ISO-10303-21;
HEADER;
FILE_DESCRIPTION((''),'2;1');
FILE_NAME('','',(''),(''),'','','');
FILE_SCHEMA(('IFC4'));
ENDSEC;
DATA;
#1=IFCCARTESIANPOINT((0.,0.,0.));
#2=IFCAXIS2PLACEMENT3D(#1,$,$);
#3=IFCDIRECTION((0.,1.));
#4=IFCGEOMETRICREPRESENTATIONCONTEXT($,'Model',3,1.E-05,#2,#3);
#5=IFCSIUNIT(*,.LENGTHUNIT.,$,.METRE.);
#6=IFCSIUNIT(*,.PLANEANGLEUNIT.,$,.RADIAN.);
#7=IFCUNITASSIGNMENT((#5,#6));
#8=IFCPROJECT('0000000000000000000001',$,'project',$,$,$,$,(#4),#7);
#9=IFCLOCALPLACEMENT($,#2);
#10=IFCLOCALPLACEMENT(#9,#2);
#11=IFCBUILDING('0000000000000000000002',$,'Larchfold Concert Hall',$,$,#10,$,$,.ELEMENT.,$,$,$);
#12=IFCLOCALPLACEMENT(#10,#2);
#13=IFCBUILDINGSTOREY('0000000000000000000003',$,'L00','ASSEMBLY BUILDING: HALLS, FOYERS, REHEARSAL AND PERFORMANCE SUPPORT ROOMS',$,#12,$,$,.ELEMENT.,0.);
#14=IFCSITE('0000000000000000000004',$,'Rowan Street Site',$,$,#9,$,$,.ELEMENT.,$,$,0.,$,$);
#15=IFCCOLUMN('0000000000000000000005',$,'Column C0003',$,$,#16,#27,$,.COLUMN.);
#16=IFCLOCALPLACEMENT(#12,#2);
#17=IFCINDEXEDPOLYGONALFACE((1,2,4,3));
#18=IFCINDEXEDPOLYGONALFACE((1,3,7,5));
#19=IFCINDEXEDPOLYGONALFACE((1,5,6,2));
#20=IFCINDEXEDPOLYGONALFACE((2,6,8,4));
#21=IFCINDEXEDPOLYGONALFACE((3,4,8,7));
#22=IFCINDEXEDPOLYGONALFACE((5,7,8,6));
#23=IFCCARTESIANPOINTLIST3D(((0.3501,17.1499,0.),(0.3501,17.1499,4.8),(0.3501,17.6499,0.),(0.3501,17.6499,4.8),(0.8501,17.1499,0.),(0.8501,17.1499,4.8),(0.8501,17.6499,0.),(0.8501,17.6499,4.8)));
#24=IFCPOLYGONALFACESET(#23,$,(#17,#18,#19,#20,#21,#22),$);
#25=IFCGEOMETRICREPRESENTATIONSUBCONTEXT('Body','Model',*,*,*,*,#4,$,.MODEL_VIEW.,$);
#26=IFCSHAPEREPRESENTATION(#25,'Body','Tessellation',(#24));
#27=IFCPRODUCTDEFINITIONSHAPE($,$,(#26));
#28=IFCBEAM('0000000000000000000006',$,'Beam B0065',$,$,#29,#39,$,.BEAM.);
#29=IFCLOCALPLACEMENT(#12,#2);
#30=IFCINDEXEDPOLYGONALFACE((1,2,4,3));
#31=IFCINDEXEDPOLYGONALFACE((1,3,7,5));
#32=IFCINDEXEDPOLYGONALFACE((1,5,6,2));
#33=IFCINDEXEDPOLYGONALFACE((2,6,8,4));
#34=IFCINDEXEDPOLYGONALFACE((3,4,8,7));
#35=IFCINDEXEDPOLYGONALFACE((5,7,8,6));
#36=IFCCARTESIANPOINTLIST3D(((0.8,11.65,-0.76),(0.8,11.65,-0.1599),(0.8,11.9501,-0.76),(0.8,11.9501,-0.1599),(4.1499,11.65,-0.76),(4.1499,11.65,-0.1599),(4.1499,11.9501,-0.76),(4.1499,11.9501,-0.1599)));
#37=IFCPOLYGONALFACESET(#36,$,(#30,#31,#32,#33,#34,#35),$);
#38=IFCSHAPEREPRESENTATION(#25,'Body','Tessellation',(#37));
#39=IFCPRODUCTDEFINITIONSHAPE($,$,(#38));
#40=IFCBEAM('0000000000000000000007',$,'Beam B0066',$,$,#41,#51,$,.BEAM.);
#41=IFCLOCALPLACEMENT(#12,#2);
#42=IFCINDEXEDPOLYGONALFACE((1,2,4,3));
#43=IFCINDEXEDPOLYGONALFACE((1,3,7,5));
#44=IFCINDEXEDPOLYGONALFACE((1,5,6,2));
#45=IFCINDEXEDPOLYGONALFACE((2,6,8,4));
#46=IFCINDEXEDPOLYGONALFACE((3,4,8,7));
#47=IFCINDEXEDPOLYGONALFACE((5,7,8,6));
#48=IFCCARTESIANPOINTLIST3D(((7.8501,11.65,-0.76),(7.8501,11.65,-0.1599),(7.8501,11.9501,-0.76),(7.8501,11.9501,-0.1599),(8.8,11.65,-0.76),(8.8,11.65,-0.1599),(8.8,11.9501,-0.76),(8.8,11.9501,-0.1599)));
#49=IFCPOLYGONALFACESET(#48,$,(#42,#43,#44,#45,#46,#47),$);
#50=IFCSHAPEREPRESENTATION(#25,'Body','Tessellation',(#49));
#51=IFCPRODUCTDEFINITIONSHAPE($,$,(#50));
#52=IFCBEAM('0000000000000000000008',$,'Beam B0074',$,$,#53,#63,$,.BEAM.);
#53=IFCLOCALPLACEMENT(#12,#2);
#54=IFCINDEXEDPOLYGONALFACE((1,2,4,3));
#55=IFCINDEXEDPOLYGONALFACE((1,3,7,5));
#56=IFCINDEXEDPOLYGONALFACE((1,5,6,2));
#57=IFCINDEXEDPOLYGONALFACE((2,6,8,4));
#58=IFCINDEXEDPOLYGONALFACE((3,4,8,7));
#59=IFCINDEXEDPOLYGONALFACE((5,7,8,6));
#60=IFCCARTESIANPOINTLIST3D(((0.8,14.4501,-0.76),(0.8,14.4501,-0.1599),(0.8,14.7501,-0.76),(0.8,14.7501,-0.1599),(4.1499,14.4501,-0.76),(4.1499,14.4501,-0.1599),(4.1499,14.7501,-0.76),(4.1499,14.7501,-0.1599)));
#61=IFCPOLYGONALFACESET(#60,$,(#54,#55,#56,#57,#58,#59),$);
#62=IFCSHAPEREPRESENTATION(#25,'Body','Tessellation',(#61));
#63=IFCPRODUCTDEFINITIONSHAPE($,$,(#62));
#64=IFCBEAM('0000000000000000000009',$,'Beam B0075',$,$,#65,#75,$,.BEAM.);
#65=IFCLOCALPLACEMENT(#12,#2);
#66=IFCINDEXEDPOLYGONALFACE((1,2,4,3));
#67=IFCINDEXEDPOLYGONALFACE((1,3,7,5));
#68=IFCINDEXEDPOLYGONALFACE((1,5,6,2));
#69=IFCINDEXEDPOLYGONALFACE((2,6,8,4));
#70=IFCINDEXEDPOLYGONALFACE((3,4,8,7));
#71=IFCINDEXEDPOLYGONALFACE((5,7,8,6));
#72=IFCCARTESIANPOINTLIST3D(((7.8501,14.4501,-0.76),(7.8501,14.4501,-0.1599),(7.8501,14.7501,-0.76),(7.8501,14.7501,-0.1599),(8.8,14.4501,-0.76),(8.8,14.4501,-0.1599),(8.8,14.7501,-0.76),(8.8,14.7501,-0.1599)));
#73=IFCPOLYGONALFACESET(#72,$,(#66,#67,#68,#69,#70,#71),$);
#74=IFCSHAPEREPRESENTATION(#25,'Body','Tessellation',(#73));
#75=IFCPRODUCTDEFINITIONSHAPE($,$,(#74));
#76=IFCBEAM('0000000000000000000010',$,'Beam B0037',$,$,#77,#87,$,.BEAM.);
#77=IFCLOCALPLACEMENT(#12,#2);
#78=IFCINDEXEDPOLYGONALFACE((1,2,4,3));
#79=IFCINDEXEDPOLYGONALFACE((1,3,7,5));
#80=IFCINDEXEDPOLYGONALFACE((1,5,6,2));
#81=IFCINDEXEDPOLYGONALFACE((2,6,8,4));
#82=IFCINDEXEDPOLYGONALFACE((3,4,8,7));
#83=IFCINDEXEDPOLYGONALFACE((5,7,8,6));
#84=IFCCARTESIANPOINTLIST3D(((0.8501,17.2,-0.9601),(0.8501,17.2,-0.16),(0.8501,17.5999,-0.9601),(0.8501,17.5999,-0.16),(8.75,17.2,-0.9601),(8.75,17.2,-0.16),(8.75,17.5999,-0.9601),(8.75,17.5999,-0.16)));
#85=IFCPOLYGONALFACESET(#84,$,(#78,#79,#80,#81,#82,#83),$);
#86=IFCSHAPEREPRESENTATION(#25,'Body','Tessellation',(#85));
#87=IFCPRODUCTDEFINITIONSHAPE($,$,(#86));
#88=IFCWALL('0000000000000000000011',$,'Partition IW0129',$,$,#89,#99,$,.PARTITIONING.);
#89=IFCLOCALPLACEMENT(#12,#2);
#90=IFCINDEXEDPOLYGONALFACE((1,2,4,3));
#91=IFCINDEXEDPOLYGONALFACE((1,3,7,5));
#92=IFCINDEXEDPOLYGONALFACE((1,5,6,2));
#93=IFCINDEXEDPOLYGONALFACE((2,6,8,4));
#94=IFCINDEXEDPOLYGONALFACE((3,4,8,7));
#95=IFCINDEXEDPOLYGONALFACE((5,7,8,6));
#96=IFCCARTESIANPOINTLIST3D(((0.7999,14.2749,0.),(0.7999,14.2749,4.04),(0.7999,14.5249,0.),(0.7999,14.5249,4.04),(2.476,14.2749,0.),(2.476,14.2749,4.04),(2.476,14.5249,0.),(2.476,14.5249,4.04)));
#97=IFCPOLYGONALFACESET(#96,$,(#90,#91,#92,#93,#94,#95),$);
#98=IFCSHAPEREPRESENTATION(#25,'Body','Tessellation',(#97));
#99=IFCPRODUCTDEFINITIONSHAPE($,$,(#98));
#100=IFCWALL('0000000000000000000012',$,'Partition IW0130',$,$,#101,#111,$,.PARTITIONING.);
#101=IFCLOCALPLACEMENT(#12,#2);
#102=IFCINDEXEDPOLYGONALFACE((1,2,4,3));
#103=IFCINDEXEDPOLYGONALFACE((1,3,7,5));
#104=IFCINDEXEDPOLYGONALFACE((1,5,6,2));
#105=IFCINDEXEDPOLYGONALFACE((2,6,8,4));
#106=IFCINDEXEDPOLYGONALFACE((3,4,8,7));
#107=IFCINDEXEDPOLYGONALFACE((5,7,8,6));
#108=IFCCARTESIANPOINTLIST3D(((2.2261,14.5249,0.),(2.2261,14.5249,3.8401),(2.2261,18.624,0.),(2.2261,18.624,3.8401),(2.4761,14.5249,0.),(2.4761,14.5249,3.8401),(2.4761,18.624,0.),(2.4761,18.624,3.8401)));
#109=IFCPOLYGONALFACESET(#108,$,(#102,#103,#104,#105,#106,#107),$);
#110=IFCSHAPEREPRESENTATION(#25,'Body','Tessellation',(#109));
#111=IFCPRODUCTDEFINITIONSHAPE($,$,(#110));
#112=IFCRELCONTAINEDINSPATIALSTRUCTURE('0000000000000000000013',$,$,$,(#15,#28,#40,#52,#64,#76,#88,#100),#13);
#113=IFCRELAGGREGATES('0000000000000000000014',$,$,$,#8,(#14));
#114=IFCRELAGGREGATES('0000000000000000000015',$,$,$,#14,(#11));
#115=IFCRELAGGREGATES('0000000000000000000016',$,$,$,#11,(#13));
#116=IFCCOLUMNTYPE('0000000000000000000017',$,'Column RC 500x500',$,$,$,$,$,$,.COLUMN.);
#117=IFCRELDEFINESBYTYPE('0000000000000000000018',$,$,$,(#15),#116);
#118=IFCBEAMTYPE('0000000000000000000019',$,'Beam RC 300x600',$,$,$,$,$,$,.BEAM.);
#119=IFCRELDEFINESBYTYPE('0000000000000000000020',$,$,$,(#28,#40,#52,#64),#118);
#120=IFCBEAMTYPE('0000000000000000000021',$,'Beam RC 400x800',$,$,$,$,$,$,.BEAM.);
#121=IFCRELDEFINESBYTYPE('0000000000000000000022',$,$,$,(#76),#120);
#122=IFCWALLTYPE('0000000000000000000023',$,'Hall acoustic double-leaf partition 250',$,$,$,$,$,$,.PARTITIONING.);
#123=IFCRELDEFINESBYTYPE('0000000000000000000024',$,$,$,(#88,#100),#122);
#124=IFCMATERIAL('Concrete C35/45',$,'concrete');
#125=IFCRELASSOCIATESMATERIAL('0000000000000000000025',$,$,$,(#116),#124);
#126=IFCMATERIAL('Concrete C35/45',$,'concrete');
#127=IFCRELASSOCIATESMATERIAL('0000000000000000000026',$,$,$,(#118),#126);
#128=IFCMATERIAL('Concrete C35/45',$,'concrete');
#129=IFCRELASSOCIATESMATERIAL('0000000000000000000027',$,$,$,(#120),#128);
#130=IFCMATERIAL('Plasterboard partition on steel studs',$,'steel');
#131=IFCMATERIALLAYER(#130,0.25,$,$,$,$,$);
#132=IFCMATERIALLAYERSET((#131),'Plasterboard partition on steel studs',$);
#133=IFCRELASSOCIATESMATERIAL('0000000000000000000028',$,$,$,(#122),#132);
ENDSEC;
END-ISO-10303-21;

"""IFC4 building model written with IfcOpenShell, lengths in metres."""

from ifc_helpers import new_model, si_unit, direction, frame, frame_2d, origin, origin_2d, place, context, subcontext, project, spatial, rectangle, extrude, material, layer, layer_set, material_profile, profile_set, type_object, element, save


model = new_model("IFC4")

# Units and contexts
model_context = context("Model", 3, precision=1e-05, world=origin(), true_north=direction((0.0, 1.0)))
body_context = subcontext(model_context, "Body", "Model", "MODEL_VIEW")
ifc_project = project(units=[si_unit("LENGTHUNIT", "METRE"), si_unit("PLANEANGLEUNIT", "RADIAN")], contexts=[model_context])

# Site, building, storey
site_placement = place(None, origin())
site = spatial("IfcSite", under=ifc_project, at=site_placement, Name="Rowan Street Site", CompositionType="ELEMENT", RefElevation=0.0)
building_placement = place(site_placement, origin())
building = spatial("IfcBuilding", under=site, at=building_placement, Name="Larchfold Concert Hall", CompositionType="ELEMENT")
storey_placement = place(building_placement, origin())
storey = spatial("IfcBuildingStorey", under=building, at=storey_placement, Name="L00", Description="ASSEMBLY BUILDING: HALLS, FOYERS, REHEARSAL AND PERFORMANCE SUPPORT ROOMS", CompositionType="ELEMENT", Elevation=0.0)

# Column
ifc_material_1 = material(Name="Concrete C35/45", Category="concrete")
ifc_material_profile_1 = material_profile(ifc_material_1, rectangle(XDim=0.5, YDim=0.5, at=origin_2d()))
ifc_profile_set_1 = profile_set([ifc_material_profile_1], Name="Concrete C35/45")
column_type = type_object("IfcColumnType", Name="Column RC 500x500", PredefinedType="COLUMN", material=ifc_profile_set_1)
column_placement = place(storey_placement, frame((0.6001, 17.3999, 0.0), z_axis=(0.0, 0.0, 1.0), x_axis=(1.0, 0.0, 0.0)))
element("IfcColumn", 1, at=column_placement, inside=storey, type_object=column_type, Name="Column C0003", PredefinedType="COLUMN", context=body_context, shape_type="SweptSolid", body=[
    extrude(rectangle(XDim=0.5, YDim=0.5, at=origin_2d()), origin(), (0.0, 0.0, 1.0), 4.8),
])

# Beams
ifc_material_2 = material(Name="Concrete C35/45", Category="concrete")
ifc_material_profile_2 = material_profile(ifc_material_2, rectangle(XDim=0.3, YDim=0.6001, at=origin_2d()))
ifc_profile_set_2 = profile_set([ifc_material_profile_2], Name="Concrete C35/45")
beam_type_1 = type_object("IfcBeamType", Name="Beam RC 300x600", PredefinedType="BEAM", material=ifc_profile_set_2)
beam_1_placement = place(storey_placement, frame((0.8, 11.8, -0.46), z_axis=(1.0, 0.0, 0.0), x_axis=(0.0, 1.0, 0.0)))
element("IfcBeam", 2, at=beam_1_placement, inside=storey, type_object=beam_type_1, Name="Beam B0065", PredefinedType="BEAM", context=body_context, shape_type="SweptSolid", body=[
    extrude(rectangle(XDim=0.3, YDim=0.6001, at=origin_2d()), origin(), (0.0, 0.0, 1.0), 3.3499),
])
beam_2_placement = place(storey_placement, frame((7.8501, 11.8, -0.46), z_axis=(1.0, 0.0, 0.0), x_axis=(0.0, 1.0, 0.0)))
element("IfcBeam", 3, at=beam_2_placement, inside=storey, type_object=beam_type_1, Name="Beam B0066", PredefinedType="BEAM", context=body_context, shape_type="SweptSolid", body=[
    extrude(rectangle(XDim=0.3, YDim=0.6001, at=origin_2d()), origin(), (0.0, 0.0, 1.0), 0.95),
])
beam_3_placement = place(storey_placement, frame((0.8, 14.6001, -0.46), z_axis=(1.0, 0.0, 0.0), x_axis=(0.0, 1.0, 0.0)))
element("IfcBeam", 4, at=beam_3_placement, inside=storey, type_object=beam_type_1, Name="Beam B0074", PredefinedType="BEAM", context=body_context, shape_type="SweptSolid", body=[
    extrude(rectangle(XDim=0.3, YDim=0.6001, at=origin_2d()), origin(), (0.0, 0.0, 1.0), 3.3499),
])
beam_4_placement = place(storey_placement, frame((7.8501, 14.6001, -0.46), z_axis=(1.0, 0.0, 0.0), x_axis=(0.0, 1.0, 0.0)))
element("IfcBeam", 5, at=beam_4_placement, inside=storey, type_object=beam_type_1, Name="Beam B0075", PredefinedType="BEAM", context=body_context, shape_type="SweptSolid", body=[
    extrude(rectangle(XDim=0.3, YDim=0.6001, at=origin_2d()), origin(), (0.0, 0.0, 1.0), 0.95),
])
ifc_material_3 = material(Name="Concrete C35/45", Category="concrete")
ifc_material_profile_3 = material_profile(ifc_material_3, rectangle(XDim=0.3999, YDim=0.8, at=origin_2d()))
ifc_profile_set_3 = profile_set([ifc_material_profile_3], Name="Concrete C35/45")
beam_type_2 = type_object("IfcBeamType", Name="Beam RC 400x800", PredefinedType="BEAM", material=ifc_profile_set_3)
beam_5_placement = place(storey_placement, frame((0.8501, 17.3999, -0.5601), z_axis=(1.0, 0.0, 0.0), x_axis=(0.0, 1.0, 0.0)))
element("IfcBeam", 6, at=beam_5_placement, inside=storey, type_object=beam_type_2, Name="Beam B0037", PredefinedType="BEAM", context=body_context, shape_type="SweptSolid", body=[
    extrude(rectangle(XDim=0.3999, YDim=0.8, at=origin_2d()), origin(), (0.0, 0.0, 1.0), 7.8999),
])

# Walls
ifc_material_4 = material(Name="Plasterboard partition on steel studs", Category="steel")
ifc_layer_1 = layer(ifc_material_4, 0.25)
ifc_layer_set_1 = layer_set([ifc_layer_1], Name="Plasterboard partition on steel studs")
wall_type_1 = type_object("IfcWallType", Name="Hall acoustic double-leaf partition 250", PredefinedType="PARTITIONING", material=ifc_layer_set_1)
wall_1_placement = place(storey_placement, frame((0.8, 14.3999, 0.0), z_axis=(0.0, 0.0, 1.0), x_axis=(1.0, 0.0, 0.0)))
element("IfcWall", 7, at=wall_1_placement, inside=storey, type_object=wall_type_1, Name="Partition IW0129", PredefinedType="PARTITIONING", context=body_context, shape_type="SweptSolid", body=[
    extrude(rectangle(XDim=1.676, YDim=0.25, at=frame_2d((0.8379, 0.0))), origin(), (0.0, 0.0, 1.0), 4.04),
])
wall_2_placement = place(storey_placement, frame((2.3511, 14.5249, 0.0), z_axis=(0.0, 0.0, 1.0), x_axis=(0.0, 1.0, 0.0)))
element("IfcWall", 8, at=wall_2_placement, inside=storey, type_object=wall_type_1, Name="Partition IW0130", PredefinedType="PARTITIONING", context=body_context, shape_type="SweptSolid", body=[
    extrude(rectangle(XDim=4.0991, YDim=0.25, at=frame_2d((2.0496, 0.0))), origin(), (0.0, 0.0, 1.0), 3.8401),
])

save(model, "model.ifc")
